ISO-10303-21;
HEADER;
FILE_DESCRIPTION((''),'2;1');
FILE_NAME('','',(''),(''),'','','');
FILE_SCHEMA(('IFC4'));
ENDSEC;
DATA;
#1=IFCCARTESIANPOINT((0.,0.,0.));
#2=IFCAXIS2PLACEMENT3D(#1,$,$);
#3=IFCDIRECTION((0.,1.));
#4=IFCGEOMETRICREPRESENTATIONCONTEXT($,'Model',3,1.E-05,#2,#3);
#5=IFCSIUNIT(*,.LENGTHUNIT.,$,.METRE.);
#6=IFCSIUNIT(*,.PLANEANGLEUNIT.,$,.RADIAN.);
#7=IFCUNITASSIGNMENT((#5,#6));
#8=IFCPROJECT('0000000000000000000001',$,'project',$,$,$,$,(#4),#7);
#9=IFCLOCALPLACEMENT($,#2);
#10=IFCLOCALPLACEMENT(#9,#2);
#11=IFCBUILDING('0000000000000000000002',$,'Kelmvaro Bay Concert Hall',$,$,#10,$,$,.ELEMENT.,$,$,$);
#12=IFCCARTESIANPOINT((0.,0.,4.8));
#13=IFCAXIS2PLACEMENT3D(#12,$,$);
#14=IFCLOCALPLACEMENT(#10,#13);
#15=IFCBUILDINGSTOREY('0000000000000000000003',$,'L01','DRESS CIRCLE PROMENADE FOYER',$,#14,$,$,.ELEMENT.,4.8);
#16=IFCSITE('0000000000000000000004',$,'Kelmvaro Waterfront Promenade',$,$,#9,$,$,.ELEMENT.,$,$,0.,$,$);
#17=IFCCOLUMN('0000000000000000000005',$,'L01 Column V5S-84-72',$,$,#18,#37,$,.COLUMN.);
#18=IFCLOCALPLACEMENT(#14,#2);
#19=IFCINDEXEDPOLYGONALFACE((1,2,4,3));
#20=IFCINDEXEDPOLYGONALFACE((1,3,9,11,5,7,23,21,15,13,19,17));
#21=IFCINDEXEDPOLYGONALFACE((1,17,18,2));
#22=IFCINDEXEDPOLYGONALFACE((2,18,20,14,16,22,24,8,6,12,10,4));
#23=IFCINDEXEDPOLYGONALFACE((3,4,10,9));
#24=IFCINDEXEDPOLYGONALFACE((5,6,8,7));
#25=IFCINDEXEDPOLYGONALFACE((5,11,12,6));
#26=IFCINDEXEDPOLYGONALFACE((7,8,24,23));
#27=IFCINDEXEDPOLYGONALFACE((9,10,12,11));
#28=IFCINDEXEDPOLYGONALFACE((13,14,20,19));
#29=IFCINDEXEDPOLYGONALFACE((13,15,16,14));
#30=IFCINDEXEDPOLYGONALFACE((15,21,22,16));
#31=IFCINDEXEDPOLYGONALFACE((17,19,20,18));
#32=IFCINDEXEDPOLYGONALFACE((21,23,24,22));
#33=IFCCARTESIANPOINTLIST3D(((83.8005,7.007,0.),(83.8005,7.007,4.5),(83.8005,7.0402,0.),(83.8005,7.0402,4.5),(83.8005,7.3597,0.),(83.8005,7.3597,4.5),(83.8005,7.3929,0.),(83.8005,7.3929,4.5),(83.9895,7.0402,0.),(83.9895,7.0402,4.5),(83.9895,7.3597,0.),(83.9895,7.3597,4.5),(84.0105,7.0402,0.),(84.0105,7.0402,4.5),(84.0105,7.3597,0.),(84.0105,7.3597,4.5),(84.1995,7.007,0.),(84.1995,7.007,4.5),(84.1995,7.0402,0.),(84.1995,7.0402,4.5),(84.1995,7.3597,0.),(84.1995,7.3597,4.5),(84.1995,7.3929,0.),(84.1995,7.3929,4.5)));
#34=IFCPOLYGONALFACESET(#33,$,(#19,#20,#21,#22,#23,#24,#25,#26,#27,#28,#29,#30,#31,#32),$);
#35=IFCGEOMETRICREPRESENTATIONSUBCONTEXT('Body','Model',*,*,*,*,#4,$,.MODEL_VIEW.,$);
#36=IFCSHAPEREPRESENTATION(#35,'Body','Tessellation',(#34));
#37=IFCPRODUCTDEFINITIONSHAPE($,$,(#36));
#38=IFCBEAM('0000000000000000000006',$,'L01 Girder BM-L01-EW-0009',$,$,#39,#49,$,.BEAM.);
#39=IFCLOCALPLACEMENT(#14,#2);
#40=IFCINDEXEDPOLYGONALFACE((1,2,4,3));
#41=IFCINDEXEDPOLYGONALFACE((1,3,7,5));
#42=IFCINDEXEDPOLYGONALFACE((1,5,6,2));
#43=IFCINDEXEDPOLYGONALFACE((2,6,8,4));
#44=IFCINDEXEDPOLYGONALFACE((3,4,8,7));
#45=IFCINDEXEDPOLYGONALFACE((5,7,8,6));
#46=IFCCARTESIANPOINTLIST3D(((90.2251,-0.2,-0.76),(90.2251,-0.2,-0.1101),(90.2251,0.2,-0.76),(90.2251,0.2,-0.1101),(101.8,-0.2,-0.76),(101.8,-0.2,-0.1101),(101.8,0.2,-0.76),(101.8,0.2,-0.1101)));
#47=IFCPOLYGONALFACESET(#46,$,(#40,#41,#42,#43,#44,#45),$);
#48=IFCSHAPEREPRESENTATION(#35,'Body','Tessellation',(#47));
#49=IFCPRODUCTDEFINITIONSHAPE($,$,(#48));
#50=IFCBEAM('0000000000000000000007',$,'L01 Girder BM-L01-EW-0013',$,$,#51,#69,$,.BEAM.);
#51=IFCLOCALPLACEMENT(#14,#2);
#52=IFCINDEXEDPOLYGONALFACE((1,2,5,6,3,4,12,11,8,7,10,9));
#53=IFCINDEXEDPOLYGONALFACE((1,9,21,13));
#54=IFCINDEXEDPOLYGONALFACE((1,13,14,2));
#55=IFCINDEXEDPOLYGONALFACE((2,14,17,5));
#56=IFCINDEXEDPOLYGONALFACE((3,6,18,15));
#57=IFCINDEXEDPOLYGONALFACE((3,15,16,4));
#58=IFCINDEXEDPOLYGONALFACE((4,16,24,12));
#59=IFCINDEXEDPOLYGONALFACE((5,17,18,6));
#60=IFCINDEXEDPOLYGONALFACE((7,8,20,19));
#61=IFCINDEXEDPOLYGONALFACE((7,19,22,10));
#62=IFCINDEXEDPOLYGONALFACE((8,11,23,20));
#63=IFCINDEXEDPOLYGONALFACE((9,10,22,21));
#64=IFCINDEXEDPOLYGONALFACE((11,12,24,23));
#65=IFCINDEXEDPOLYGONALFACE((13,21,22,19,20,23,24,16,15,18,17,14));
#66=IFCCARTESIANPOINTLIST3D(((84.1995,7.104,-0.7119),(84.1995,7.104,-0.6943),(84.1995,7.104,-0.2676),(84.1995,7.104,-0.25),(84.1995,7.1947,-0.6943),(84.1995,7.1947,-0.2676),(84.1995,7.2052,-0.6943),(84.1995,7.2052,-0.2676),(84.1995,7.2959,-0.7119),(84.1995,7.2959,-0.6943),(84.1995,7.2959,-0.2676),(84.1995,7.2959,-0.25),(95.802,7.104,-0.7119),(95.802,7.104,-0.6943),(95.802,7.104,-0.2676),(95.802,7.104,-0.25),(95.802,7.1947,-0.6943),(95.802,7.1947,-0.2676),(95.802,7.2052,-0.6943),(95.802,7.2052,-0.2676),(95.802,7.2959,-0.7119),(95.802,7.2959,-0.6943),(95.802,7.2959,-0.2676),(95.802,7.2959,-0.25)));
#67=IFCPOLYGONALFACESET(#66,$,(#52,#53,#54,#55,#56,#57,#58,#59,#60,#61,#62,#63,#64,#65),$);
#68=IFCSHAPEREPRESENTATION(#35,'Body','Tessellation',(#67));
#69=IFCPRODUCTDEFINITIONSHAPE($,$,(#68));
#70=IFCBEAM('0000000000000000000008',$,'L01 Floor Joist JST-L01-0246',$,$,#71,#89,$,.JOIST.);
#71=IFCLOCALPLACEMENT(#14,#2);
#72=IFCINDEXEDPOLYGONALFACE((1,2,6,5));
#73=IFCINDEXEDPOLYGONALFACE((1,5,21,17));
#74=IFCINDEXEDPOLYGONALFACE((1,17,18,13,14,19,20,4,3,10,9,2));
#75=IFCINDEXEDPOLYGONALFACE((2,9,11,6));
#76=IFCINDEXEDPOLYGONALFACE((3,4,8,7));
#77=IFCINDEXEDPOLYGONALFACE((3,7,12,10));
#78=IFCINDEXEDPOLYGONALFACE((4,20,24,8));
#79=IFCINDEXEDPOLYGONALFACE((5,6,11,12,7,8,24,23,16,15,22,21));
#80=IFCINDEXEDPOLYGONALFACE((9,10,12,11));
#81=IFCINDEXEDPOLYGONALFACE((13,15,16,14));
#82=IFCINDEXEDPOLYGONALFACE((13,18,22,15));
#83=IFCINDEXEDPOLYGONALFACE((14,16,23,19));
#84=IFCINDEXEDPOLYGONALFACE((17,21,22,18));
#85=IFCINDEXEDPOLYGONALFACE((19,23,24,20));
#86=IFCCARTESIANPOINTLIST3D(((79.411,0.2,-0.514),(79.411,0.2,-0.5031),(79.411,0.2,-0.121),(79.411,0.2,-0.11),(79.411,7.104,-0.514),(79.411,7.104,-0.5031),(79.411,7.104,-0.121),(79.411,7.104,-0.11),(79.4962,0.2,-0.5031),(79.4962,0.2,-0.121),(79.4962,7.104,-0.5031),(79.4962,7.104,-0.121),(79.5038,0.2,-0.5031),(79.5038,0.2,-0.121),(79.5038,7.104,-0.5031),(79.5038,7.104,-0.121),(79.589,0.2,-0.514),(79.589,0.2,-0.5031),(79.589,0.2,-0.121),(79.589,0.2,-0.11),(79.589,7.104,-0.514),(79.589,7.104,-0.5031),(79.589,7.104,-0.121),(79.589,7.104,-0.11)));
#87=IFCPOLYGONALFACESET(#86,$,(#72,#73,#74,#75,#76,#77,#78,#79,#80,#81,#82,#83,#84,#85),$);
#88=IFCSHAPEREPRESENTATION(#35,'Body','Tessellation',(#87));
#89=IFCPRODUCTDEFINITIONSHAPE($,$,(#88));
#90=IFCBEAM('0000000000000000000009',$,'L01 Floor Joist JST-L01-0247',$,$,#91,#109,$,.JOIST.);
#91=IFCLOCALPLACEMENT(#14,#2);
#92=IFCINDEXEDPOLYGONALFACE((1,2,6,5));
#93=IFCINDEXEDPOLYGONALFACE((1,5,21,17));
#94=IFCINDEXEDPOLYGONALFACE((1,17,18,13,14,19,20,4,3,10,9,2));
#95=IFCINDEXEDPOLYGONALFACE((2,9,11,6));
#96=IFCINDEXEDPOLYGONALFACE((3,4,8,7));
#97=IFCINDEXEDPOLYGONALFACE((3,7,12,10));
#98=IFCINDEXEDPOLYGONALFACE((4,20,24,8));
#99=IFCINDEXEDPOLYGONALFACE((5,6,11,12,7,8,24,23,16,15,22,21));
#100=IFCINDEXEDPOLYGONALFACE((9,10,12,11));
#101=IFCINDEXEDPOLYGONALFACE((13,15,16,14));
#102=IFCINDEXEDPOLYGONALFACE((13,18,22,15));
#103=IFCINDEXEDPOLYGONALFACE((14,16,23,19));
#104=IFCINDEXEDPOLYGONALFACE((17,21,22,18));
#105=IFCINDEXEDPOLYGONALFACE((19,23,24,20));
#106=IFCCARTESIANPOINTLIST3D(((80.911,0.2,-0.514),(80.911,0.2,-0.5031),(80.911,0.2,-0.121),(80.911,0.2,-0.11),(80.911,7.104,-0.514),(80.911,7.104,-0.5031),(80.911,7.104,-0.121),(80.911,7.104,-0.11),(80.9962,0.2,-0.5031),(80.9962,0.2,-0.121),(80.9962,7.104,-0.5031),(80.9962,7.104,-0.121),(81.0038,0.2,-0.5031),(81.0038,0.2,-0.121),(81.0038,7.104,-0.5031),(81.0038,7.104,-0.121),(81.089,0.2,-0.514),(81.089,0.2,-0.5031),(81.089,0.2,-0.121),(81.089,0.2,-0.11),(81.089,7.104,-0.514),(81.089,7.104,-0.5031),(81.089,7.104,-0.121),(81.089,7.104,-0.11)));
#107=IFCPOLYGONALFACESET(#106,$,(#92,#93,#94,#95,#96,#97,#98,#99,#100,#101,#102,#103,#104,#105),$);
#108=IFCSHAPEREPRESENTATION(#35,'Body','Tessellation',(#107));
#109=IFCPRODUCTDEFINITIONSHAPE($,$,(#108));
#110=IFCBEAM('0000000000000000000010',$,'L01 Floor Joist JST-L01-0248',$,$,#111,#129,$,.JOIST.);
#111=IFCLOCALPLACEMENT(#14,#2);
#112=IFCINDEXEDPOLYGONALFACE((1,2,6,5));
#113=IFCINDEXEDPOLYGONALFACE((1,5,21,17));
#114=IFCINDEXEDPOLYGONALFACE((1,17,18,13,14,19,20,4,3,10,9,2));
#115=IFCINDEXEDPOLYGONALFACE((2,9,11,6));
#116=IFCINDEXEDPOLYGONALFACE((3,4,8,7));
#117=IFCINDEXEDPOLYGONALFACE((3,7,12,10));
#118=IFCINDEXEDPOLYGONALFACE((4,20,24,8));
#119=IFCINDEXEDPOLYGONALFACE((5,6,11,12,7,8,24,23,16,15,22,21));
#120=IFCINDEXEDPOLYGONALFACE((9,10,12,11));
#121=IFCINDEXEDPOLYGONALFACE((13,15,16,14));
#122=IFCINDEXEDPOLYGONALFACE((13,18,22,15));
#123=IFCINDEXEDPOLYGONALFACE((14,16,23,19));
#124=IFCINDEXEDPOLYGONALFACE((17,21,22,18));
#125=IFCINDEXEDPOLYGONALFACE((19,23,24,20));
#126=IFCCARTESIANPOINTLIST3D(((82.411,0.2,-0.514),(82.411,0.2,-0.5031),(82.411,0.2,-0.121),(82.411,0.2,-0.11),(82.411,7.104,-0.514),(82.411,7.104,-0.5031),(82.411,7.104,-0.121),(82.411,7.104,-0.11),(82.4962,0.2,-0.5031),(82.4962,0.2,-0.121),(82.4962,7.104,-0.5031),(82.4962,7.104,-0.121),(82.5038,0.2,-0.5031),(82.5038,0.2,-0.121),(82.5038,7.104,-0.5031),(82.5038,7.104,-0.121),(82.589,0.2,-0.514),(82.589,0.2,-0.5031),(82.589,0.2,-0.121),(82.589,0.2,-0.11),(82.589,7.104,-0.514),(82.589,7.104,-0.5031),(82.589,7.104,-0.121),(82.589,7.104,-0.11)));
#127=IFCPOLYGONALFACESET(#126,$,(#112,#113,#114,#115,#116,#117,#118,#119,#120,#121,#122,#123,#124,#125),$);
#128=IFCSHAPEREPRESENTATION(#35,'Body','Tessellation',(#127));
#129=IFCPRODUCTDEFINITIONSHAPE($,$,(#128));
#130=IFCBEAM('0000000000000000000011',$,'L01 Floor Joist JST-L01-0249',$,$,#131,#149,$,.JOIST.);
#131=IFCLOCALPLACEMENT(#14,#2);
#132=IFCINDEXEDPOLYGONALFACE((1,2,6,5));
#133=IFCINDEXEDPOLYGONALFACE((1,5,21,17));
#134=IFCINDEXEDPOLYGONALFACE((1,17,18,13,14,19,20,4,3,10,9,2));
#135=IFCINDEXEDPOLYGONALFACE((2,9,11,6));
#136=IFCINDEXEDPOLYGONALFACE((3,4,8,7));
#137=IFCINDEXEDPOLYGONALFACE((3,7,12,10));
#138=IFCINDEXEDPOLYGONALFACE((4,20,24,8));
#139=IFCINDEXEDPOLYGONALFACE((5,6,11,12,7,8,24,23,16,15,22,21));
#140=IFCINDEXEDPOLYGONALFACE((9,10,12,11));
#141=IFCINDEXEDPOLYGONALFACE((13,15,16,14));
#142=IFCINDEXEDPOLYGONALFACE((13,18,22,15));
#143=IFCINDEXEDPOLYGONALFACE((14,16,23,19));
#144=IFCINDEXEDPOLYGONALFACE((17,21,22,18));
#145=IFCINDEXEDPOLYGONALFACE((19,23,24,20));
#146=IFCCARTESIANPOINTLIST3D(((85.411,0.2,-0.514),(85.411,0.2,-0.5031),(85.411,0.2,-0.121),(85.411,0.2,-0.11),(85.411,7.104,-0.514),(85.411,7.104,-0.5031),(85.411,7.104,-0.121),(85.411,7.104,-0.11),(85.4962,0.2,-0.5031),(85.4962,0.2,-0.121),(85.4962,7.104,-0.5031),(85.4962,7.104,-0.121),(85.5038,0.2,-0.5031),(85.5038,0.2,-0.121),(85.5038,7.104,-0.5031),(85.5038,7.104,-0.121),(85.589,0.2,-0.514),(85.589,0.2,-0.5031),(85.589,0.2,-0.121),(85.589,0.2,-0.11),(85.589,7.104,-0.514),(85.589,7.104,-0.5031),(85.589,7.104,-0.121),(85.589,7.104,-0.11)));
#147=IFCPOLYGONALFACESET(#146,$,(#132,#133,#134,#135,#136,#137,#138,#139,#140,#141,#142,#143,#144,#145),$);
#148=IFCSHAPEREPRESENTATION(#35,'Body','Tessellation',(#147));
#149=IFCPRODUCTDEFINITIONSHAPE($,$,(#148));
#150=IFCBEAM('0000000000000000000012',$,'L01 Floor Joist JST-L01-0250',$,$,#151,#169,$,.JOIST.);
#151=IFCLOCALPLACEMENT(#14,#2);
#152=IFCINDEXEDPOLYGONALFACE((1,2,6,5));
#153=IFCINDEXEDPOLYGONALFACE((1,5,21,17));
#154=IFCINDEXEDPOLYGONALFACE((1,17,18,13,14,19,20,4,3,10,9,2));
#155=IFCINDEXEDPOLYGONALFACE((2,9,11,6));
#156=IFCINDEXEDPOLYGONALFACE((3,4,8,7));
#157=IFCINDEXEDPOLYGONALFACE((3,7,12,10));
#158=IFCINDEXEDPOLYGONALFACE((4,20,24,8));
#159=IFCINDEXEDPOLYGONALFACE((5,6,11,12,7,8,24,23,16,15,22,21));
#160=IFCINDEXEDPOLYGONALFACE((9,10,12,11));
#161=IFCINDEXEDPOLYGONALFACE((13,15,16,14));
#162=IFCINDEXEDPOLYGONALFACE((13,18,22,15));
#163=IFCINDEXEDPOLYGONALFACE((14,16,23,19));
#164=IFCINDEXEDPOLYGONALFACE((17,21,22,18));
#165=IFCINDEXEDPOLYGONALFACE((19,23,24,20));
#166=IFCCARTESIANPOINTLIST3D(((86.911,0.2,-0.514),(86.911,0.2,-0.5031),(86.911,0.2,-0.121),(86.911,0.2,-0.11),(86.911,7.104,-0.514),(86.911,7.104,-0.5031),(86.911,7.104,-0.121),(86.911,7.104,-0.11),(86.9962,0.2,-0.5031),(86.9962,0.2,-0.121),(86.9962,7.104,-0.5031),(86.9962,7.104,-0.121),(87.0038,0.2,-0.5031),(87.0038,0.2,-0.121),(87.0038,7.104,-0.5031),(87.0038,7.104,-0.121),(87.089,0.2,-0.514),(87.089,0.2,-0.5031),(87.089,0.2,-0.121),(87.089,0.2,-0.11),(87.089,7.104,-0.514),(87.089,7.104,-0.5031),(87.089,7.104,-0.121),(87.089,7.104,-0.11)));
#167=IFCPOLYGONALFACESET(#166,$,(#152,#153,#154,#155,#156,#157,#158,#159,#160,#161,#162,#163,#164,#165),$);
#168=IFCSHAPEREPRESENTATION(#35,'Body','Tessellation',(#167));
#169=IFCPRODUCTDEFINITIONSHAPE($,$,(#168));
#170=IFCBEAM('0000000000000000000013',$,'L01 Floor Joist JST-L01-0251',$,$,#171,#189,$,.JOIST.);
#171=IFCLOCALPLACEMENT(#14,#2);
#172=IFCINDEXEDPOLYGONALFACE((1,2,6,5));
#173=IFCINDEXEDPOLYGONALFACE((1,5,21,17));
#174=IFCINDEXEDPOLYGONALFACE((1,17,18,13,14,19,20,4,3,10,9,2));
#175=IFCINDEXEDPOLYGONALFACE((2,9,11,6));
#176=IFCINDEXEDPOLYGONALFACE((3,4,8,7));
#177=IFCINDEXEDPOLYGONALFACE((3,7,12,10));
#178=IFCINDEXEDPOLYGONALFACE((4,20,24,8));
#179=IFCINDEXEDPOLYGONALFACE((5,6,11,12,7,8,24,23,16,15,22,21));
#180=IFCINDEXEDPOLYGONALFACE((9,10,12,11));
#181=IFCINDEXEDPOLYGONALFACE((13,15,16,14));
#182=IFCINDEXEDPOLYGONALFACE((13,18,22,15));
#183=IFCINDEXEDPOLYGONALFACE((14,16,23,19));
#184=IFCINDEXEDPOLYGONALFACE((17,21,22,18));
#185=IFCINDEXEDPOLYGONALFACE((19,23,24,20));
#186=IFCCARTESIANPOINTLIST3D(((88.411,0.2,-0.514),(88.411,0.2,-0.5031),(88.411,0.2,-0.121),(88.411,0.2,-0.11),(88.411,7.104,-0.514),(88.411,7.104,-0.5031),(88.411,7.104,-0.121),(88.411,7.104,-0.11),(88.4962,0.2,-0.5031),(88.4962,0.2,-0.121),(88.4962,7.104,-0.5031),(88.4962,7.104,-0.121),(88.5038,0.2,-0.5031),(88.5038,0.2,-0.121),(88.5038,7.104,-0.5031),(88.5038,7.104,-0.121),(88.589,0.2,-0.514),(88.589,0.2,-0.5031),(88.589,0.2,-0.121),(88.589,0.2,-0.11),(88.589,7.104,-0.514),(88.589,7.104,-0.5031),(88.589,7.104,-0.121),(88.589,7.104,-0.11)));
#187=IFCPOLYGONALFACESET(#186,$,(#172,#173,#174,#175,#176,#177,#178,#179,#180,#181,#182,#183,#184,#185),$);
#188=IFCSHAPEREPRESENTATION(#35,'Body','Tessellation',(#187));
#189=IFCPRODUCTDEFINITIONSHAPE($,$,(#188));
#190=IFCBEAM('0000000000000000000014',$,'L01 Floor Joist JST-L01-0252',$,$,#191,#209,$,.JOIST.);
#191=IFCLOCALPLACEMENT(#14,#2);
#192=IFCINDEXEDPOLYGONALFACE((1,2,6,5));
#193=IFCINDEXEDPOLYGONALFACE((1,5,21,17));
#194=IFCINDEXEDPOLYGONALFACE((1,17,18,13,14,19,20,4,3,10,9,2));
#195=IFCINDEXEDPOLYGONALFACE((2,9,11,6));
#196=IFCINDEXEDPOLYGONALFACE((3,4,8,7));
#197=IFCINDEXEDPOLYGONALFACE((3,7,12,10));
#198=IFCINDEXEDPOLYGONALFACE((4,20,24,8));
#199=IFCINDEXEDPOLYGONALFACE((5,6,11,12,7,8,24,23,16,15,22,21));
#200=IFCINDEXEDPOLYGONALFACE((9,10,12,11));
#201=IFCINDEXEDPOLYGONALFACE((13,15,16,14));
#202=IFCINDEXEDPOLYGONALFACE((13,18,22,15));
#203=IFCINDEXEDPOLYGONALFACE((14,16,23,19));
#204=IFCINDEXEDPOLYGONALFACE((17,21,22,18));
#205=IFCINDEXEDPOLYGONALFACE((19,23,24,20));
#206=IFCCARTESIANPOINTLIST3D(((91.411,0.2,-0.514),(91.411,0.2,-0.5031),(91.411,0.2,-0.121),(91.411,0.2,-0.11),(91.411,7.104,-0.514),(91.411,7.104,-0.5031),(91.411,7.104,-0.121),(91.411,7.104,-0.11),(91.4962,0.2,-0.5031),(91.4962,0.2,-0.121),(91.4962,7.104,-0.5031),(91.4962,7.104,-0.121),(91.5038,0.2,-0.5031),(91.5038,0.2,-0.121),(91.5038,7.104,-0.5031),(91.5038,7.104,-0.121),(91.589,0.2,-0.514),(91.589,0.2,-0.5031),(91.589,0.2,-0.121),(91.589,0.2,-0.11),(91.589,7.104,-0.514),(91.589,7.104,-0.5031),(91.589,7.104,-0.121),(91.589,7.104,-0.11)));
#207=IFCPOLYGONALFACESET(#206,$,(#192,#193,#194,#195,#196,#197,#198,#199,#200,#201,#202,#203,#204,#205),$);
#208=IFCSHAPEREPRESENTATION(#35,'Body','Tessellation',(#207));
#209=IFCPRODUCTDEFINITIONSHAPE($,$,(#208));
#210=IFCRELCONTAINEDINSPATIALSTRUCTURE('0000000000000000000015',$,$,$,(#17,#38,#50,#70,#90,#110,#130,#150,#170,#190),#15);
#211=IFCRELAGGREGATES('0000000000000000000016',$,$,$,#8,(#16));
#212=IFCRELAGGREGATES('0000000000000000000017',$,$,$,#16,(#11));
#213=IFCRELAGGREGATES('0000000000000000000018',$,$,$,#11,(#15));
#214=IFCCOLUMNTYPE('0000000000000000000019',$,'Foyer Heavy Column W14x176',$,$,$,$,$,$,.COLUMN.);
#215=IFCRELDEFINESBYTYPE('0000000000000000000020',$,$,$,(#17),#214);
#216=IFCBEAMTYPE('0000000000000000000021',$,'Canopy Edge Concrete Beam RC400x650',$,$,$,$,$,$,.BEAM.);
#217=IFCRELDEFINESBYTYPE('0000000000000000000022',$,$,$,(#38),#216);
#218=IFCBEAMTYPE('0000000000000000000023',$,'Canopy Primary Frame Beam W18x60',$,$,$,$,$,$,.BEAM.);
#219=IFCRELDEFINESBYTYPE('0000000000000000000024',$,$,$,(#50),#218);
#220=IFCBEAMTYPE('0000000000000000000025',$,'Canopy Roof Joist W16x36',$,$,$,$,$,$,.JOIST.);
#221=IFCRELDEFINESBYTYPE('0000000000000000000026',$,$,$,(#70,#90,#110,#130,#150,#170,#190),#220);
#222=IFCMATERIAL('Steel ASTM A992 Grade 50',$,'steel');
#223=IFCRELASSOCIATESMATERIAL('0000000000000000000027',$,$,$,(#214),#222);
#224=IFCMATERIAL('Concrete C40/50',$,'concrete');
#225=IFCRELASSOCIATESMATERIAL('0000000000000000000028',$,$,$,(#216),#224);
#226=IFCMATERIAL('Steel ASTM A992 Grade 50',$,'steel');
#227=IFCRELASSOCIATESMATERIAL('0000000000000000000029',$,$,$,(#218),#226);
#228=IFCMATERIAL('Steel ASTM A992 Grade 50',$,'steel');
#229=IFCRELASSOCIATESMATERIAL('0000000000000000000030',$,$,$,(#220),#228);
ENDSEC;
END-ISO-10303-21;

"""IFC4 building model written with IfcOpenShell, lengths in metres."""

from ifc_helpers import new_model, si_unit, direction, frame, origin, origin_2d, place, context, subcontext, project, spatial, rectangle, i_section, extrude, material, material_profile, profile_set, type_object, element, save


model = new_model("IFC4")

# Units and contexts
model_context = context("Model", 3, precision=1e-05, world=origin(), true_north=direction((0.0, 1.0)))
body_context = subcontext(model_context, "Body", "Model", "MODEL_VIEW")
ifc_project = project(units=[si_unit("LENGTHUNIT", "METRE"), si_unit("PLANEANGLEUNIT", "RADIAN")], contexts=[model_context])

# Site, building, storey
site_placement = place(None, origin())
site = spatial("IfcSite", under=ifc_project, at=site_placement, Name="Kelmvaro Waterfront Promenade", CompositionType="ELEMENT", RefElevation=0.0)
building_placement = place(site_placement, origin())
building = spatial("IfcBuilding", under=site, at=building_placement, Name="Kelmvaro Bay Concert Hall", CompositionType="ELEMENT")
storey_placement = place(building_placement, frame((0.0, 0.0, 4.8)))
storey = spatial("IfcBuildingStorey", under=building, at=storey_placement, Name="L01", Description="DRESS CIRCLE PROMENADE FOYER", CompositionType="ELEMENT", Elevation=4.8)

# Column
ifc_material_1 = material(Name="Steel ASTM A992 Grade 50", Category="steel")
ifc_material_profile_1 = material_profile(ifc_material_1, i_section(OverallWidth=0.3989, OverallDepth=0.386, WebThickness=0.021, FlangeThickness=0.0332, at=origin_2d()), Name="W14X176")
ifc_profile_set_1 = profile_set([ifc_material_profile_1], Name="Steel ASTM A992 Grade 50")
column_type = type_object("IfcColumnType", Name="Foyer Heavy Column W14x176", PredefinedType="COLUMN", material=ifc_profile_set_1)
column_placement = place(storey_placement, frame((84.0, 7.2, 0.0), z_axis=(0.0, 0.0, 1.0), x_axis=(1.0, 0.0, 0.0)))
element("IfcColumn", 1, at=column_placement, inside=storey, type_object=column_type, Name="L01 Column V5S-84-72", PredefinedType="COLUMN", context=body_context, shape_type="SweptSolid", body=[
    extrude(i_section(OverallWidth=0.3989, OverallDepth=0.386, WebThickness=0.021, FlangeThickness=0.0332, at=origin_2d()), origin(), (0.0, 0.0, 1.0), 4.5),
])

# Beams
ifc_material_2 = material(Name="Concrete C40/50", Category="concrete")
ifc_material_profile_2 = material_profile(ifc_material_2, rectangle(XDim=0.3999, YDim=0.6499, at=origin_2d()), Name="RC-BM-400X650")
ifc_profile_set_2 = profile_set([ifc_material_profile_2], Name="Concrete C40/50")
beam_type_1 = type_object("IfcBeamType", Name="Canopy Edge Concrete Beam RC400x650", PredefinedType="BEAM", material=ifc_profile_set_2)
beam_1_placement = place(storey_placement, frame((90.2251, 0.0, -0.4351), z_axis=(1.0, 0.0, 0.0), x_axis=(0.0, 1.0, 0.0)))
element("IfcBeam", 2, at=beam_1_placement, inside=storey, type_object=beam_type_1, Name="L01 Girder BM-L01-EW-0009", PredefinedType="BEAM", context=body_context, shape_type="SweptSolid", body=[
    extrude(rectangle(XDim=0.3999, YDim=0.6499, at=origin_2d()), origin(), (0.0, 0.0, 1.0), 11.575),
])
ifc_material_3 = material(Name="Steel ASTM A992 Grade 50", Category="steel")
ifc_material_profile_3 = material_profile(ifc_material_3, i_section(OverallWidth=0.1919, OverallDepth=0.4619, WebThickness=0.0105, FlangeThickness=0.0176, at=origin_2d()), Name="W18X60")
ifc_profile_set_3 = profile_set([ifc_material_profile_3], Name="Steel ASTM A992 Grade 50")
beam_type_2 = type_object("IfcBeamType", Name="Canopy Primary Frame Beam W18x60", PredefinedType="BEAM", material=ifc_profile_set_3)
beam_2_placement = place(storey_placement, frame((84.1995, 7.2, -0.481), z_axis=(1.0, 0.0, 0.0), x_axis=(0.0, 1.0, 0.0)))
element("IfcBeam", 3, at=beam_2_placement, inside=storey, type_object=beam_type_2, Name="L01 Girder BM-L01-EW-0013", PredefinedType="BEAM", context=body_context, shape_type="SweptSolid", body=[
    extrude(i_section(OverallWidth=0.1919, OverallDepth=0.4619, WebThickness=0.0105, FlangeThickness=0.0176, at=origin_2d()), origin(), (0.0, 0.0, 1.0), 11.6025),
])
ifc_material_4 = material(Name="Steel ASTM A992 Grade 50", Category="steel")
ifc_material_profile_4 = material_profile(ifc_material_4, i_section(OverallWidth=0.178, OverallDepth=0.4041, WebThickness=0.0076, FlangeThickness=0.011, at=origin_2d()), Name="W16X36")
ifc_profile_set_4 = profile_set([ifc_material_profile_4], Name="Steel ASTM A992 Grade 50")
beam_type_3 = type_object("IfcBeamType", Name="Canopy Roof Joist W16x36", PredefinedType="JOIST", material=ifc_profile_set_4)
for number, where, z_axis, x_axis, name in (
    (4, (79.5, 0.2, -0.312), (0.0, 1.0, 0.0), (-1.0, 0.0, 0.0), "L01 Floor Joist JST-L01-0246"),
    (5, (81.0, 0.2, -0.312), (0.0, 1.0, 0.0), (-1.0, 0.0, 0.0), "L01 Floor Joist JST-L01-0247"),
    (6, (82.5, 0.2, -0.312), (0.0, 1.0, 0.0), (-1.0, 0.0, 0.0), "L01 Floor Joist JST-L01-0248"),
    (7, (85.5, 0.2, -0.312), (0.0, 1.0, 0.0), (-1.0, 0.0, 0.0), "L01 Floor Joist JST-L01-0249"),
    (8, (87.0, 0.2, -0.312), (0.0, 1.0, 0.0), (-1.0, 0.0, 0.0), "L01 Floor Joist JST-L01-0250"),
    (9, (88.5, 0.2, -0.312), (0.0, 1.0, 0.0), (-1.0, 0.0, 0.0), "L01 Floor Joist JST-L01-0251"),
    (10, (91.5, 0.2, -0.312), (0.0, 1.0, 0.0), (-1.0, 0.0, 0.0), "L01 Floor Joist JST-L01-0252"),
):
    element("IfcBeam", number, at=place(storey_placement, frame(where, z_axis=z_axis, x_axis=x_axis)), inside=storey, type_object=beam_type_3, Name=name, PredefinedType="JOIST", context=body_context, shape_type="SweptSolid", body=[
        extrude(i_section(OverallWidth=0.178, OverallDepth=0.4041, WebThickness=0.0076, FlangeThickness=0.011, at=origin_2d()), origin(), (0.0, 0.0, 1.0), 6.9041),
    ])

save(model, "model.ifc")
